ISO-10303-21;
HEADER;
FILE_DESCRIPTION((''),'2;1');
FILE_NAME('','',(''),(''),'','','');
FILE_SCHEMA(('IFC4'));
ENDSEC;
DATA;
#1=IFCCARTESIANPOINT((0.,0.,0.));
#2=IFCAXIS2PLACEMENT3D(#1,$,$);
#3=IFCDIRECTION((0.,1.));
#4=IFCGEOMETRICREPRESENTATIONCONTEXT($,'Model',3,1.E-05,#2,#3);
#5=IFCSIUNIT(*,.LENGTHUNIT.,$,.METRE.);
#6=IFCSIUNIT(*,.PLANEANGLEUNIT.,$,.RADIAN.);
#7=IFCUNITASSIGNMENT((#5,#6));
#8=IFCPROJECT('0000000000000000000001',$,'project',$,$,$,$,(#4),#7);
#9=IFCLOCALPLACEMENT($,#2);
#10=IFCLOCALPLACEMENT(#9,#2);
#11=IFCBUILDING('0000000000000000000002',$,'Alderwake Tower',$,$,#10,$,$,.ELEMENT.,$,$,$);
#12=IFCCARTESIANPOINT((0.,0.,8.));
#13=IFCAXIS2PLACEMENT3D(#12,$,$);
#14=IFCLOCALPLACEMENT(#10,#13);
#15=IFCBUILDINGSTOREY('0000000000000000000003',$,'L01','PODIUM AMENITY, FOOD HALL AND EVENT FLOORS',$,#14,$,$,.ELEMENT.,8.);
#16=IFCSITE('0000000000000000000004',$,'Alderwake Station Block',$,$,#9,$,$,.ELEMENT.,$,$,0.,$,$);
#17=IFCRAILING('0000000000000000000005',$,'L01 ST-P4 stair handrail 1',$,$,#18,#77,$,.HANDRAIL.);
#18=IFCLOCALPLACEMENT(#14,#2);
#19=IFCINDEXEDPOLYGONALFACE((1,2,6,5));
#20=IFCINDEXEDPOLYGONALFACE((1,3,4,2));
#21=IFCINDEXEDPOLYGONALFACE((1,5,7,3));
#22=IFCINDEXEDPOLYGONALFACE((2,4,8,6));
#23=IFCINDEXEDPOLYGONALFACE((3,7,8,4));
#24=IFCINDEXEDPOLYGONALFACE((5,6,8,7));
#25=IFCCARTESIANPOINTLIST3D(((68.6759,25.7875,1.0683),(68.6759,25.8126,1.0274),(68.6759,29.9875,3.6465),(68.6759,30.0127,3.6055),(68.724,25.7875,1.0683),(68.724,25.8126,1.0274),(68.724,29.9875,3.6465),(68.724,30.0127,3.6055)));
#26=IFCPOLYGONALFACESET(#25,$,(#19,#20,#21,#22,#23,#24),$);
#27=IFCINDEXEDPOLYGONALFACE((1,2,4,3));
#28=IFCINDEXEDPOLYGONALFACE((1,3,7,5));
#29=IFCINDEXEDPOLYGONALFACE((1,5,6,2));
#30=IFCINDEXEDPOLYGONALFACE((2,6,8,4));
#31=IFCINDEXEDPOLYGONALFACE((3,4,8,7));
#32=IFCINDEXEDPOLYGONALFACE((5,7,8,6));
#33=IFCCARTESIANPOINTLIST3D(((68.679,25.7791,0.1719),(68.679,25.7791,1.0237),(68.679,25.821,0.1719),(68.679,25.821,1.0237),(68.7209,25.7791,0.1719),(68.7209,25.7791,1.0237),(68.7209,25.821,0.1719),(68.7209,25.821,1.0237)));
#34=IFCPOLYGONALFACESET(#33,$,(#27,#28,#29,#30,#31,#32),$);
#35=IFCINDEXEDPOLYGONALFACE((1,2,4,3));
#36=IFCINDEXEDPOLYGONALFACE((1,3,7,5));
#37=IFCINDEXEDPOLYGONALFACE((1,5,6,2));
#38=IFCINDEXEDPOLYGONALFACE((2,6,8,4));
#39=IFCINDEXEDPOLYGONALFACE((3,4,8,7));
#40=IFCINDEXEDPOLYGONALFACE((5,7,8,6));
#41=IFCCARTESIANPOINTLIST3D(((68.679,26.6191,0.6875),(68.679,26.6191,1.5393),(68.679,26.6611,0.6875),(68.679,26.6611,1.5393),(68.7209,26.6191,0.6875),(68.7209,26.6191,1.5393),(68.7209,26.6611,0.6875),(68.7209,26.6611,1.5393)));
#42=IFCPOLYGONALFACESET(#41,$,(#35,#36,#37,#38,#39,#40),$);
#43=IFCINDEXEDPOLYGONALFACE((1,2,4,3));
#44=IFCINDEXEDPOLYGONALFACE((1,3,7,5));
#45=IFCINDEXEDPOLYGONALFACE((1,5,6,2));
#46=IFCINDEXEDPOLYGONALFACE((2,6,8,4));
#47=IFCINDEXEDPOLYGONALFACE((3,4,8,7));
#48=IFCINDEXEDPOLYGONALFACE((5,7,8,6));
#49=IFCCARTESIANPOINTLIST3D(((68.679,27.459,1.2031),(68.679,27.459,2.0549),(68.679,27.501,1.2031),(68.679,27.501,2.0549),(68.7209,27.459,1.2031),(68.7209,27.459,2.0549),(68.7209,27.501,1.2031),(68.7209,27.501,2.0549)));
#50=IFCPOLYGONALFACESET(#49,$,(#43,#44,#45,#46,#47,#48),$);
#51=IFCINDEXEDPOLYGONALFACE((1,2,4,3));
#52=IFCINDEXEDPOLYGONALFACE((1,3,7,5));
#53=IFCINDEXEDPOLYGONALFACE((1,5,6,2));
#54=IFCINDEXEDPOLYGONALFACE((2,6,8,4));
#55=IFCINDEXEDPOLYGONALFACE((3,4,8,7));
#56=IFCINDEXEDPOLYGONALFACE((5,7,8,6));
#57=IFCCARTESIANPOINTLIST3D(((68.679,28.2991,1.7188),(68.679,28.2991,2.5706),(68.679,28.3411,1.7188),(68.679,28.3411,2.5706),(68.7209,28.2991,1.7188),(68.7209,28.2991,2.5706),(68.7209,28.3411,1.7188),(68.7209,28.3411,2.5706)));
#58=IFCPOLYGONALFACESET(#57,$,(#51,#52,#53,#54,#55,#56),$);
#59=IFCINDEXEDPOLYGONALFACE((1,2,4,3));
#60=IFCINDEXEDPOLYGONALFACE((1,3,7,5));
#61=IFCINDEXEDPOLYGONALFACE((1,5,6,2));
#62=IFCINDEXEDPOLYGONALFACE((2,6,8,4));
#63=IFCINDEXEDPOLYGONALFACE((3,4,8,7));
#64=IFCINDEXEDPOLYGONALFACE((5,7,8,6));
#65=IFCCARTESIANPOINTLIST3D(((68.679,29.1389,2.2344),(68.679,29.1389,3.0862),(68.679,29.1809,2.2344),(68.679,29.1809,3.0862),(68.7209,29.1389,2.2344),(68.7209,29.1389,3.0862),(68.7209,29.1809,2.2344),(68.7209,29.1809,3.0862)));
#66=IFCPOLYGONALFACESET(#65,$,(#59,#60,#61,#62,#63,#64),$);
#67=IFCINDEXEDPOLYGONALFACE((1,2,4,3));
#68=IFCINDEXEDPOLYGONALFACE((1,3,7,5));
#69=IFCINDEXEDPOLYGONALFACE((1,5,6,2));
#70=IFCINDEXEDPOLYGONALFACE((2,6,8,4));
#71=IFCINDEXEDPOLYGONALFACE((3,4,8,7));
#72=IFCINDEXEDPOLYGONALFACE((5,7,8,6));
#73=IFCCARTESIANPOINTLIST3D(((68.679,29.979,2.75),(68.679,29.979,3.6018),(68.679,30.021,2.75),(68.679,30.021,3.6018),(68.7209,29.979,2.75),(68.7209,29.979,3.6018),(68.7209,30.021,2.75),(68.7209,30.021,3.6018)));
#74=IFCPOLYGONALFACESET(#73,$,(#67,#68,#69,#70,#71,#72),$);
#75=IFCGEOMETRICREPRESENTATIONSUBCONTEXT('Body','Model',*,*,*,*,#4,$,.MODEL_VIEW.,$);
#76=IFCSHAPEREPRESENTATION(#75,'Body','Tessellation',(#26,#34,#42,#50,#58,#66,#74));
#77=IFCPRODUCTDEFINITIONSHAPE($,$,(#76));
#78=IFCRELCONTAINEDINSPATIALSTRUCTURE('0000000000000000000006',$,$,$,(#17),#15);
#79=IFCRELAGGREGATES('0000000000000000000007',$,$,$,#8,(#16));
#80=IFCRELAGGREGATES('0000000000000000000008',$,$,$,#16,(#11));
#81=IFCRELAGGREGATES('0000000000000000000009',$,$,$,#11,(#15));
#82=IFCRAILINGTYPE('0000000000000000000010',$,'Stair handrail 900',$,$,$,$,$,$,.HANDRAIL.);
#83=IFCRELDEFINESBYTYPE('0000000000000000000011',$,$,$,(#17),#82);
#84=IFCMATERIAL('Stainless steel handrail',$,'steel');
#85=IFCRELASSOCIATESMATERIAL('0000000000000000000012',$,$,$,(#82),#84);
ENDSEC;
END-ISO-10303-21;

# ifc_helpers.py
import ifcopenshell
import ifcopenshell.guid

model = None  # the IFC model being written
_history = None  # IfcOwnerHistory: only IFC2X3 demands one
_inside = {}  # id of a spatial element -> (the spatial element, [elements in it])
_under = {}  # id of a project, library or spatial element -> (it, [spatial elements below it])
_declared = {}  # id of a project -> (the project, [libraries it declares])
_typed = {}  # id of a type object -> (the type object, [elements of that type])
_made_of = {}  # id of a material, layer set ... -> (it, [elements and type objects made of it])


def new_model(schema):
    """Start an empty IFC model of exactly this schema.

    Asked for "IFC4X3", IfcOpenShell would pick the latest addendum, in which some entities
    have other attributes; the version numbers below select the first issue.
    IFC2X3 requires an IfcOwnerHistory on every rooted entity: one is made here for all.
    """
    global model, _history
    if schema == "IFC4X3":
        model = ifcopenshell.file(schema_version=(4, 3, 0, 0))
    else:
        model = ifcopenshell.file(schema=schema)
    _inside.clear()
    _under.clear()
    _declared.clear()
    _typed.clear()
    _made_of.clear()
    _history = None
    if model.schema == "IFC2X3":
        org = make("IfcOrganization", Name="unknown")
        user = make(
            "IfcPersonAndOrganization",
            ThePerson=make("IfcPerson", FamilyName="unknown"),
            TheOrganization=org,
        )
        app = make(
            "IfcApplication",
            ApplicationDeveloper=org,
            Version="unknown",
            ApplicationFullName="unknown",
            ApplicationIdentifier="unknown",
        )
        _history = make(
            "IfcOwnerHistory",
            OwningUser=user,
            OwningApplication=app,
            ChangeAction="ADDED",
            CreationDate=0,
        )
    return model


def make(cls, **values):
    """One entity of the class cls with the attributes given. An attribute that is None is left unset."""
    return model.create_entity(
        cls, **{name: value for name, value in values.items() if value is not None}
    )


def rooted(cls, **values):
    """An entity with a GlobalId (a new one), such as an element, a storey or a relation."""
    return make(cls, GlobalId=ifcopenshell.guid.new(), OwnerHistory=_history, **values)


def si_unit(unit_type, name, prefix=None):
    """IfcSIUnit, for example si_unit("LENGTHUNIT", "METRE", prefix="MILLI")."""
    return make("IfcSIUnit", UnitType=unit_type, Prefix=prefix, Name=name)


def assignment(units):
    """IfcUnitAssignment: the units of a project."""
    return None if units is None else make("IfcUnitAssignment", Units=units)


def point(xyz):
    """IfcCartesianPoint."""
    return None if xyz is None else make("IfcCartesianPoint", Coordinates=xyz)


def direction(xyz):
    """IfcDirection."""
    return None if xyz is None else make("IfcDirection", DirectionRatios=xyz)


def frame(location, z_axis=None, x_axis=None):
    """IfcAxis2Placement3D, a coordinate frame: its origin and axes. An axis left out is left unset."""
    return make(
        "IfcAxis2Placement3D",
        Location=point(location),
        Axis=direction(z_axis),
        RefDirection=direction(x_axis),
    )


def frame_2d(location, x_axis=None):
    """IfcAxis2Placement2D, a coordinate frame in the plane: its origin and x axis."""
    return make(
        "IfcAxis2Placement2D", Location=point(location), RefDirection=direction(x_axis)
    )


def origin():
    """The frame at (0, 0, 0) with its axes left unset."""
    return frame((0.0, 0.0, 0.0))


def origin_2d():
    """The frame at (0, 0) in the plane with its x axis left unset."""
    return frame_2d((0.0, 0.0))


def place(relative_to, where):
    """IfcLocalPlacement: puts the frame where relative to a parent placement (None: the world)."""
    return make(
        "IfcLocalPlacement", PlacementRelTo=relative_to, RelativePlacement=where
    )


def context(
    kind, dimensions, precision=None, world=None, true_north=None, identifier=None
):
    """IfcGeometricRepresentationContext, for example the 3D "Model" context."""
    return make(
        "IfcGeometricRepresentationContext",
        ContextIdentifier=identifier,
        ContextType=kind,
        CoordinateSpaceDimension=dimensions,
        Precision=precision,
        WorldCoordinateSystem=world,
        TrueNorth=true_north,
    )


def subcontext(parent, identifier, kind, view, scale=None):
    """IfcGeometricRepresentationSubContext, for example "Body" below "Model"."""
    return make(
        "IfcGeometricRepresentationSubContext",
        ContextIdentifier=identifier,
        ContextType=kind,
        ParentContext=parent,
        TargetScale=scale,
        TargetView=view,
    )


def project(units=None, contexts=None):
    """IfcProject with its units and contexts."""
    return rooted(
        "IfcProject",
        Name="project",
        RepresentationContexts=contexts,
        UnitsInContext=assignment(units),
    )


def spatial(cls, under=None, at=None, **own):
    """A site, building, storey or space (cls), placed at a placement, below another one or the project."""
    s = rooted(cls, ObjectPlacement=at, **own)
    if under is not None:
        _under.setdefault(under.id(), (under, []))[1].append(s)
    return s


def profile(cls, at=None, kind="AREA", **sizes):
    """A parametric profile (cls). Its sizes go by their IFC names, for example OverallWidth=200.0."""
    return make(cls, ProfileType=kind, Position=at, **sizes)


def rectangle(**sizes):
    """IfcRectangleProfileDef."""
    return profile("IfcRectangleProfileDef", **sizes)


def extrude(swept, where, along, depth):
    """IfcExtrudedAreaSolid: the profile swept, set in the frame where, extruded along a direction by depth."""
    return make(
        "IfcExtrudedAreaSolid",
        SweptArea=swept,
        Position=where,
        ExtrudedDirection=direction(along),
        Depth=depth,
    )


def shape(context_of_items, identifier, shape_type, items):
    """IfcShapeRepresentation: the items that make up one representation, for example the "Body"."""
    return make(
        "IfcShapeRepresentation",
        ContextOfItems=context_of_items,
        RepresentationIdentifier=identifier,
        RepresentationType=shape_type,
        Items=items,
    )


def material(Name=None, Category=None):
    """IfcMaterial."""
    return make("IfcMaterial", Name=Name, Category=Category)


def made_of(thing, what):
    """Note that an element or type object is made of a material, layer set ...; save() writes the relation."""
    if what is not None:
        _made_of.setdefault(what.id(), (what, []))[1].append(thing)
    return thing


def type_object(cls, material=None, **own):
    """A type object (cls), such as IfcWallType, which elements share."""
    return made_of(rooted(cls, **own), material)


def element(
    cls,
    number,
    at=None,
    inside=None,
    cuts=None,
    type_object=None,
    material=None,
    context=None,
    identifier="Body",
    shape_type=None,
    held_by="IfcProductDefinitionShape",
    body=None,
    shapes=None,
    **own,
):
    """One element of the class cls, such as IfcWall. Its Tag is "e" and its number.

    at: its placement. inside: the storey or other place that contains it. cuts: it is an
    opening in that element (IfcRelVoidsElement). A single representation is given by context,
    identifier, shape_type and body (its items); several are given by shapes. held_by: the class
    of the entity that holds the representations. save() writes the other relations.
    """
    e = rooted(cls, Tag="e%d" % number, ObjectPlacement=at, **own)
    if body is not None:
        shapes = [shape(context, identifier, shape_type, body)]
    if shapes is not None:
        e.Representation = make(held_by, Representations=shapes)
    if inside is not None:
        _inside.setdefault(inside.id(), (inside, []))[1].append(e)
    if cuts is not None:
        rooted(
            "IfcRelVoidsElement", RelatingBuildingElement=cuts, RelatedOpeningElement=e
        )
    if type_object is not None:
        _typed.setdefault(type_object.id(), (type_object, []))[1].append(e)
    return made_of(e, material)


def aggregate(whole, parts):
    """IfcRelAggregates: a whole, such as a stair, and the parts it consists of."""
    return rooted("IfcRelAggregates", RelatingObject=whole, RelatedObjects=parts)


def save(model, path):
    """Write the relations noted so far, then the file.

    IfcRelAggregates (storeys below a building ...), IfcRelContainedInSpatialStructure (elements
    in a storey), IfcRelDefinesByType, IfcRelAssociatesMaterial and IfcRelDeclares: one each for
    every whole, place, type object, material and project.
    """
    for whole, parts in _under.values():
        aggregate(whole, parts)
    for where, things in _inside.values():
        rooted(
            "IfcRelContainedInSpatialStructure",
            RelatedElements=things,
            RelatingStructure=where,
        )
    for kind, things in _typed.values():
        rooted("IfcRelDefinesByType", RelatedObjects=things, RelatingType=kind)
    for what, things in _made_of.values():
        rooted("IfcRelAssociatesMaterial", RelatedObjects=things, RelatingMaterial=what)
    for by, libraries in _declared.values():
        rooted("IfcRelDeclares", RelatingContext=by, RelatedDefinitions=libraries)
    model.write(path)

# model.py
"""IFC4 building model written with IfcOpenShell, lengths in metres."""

from ifc_helpers import new_model, si_unit, direction, frame, origin, origin_2d, place, context, subcontext, project, spatial, rectangle, extrude, material, type_object, element, save


model = new_model("IFC4")

# Units and contexts
model_context = context("Model", 3, precision=1e-05, world=origin(), true_north=direction((0.0, 1.0)))
body_context = subcontext(model_context, "Body", "Model", "MODEL_VIEW")
ifc_project = project(units=[si_unit("LENGTHUNIT", "METRE"), si_unit("PLANEANGLEUNIT", "RADIAN")], contexts=[model_context])

# Site, building, storey
site_placement = place(None, origin())
site = spatial("IfcSite", under=ifc_project, at=site_placement, Name="Alderwake Station Block", CompositionType="ELEMENT", RefElevation=0.0)
building_placement = place(site_placement, origin())
building = spatial("IfcBuilding", under=site, at=building_placement, Name="Alderwake Tower", CompositionType="ELEMENT")
storey_placement = place(building_placement, frame((0.0, 0.0, 8.0)))
storey = spatial("IfcBuildingStorey", under=building, at=storey_placement, Name="L01", Description="PODIUM AMENITY, FOOD HALL AND EVENT FLOORS", CompositionType="ELEMENT", Elevation=8.0)

# Railing
ifc_material_1 = material(Name="Stainless steel handrail", Category="steel")
railing_type_1 = type_object("IfcRailingType", Name="Stair handrail 900", PredefinedType="HANDRAIL", material=ifc_material_1)
railing_1_placement = place(storey_placement, frame((68.7, 25.8, 0.1719)))
element("IfcRailing", 1, at=railing_1_placement, inside=storey, type_object=railing_type_1, Name="L01 ST-P4 stair handrail 1", PredefinedType="HANDRAIL", context=body_context, shape_type="SweptSolid", body=[
    extrude(rectangle(XDim=0.0481, YDim=0.0481, at=origin_2d()), frame((0.0, 0.0, 0.876), z_axis=(0.0, 0.852243, 0.523146), x_axis=(-1.0, 0.0, 0.0)), (0.0, 0.0, 1.0), 4.9282),
    extrude(rectangle(XDim=0.042, YDim=0.042, at=origin_2d()), frame((0.0, 0.0, 0.0), z_axis=(0.0, 0.0, 1.0), x_axis=(0.0, 1.0, 0.0)), (0.0, 0.0, 1.0), 0.8518),
    extrude(rectangle(XDim=0.042, YDim=0.042, at=origin_2d()), frame((0.0, 0.8401, 0.5156), z_axis=(0.0, 0.0, 1.0), x_axis=(0.0, 1.0, 0.0)), (0.0, 0.0, 1.0), 0.8518),
    extrude(rectangle(XDim=0.042, YDim=0.042, at=origin_2d()), frame((0.0, 1.6799, 1.0312), z_axis=(0.0, 0.0, 1.0), x_axis=(0.0, 1.0, 0.0)), (0.0, 0.0, 1.0), 0.8518),
    extrude(rectangle(XDim=0.042, YDim=0.042, at=origin_2d()), frame((0.0, 2.52, 1.5469), z_axis=(0.0, 0.0, 1.0), x_axis=(0.0, 1.0, 0.0)), (0.0, 0.0, 1.0), 0.8518),
    extrude(rectangle(XDim=0.042, YDim=0.042, at=origin_2d()), frame((0.0, 3.3599, 2.0625), z_axis=(0.0, 0.0, 1.0), x_axis=(0.0, 1.0, 0.0)), (0.0, 0.0, 1.0), 0.8518),
    extrude(rectangle(XDim=0.042, YDim=0.042, at=origin_2d()), frame((0.0, 4.2, 2.5781), z_axis=(0.0, 0.0, 1.0), x_axis=(0.0, 1.0, 0.0)), (0.0, 0.0, 1.0), 0.8518),
])

save(model, "model.ifc")
